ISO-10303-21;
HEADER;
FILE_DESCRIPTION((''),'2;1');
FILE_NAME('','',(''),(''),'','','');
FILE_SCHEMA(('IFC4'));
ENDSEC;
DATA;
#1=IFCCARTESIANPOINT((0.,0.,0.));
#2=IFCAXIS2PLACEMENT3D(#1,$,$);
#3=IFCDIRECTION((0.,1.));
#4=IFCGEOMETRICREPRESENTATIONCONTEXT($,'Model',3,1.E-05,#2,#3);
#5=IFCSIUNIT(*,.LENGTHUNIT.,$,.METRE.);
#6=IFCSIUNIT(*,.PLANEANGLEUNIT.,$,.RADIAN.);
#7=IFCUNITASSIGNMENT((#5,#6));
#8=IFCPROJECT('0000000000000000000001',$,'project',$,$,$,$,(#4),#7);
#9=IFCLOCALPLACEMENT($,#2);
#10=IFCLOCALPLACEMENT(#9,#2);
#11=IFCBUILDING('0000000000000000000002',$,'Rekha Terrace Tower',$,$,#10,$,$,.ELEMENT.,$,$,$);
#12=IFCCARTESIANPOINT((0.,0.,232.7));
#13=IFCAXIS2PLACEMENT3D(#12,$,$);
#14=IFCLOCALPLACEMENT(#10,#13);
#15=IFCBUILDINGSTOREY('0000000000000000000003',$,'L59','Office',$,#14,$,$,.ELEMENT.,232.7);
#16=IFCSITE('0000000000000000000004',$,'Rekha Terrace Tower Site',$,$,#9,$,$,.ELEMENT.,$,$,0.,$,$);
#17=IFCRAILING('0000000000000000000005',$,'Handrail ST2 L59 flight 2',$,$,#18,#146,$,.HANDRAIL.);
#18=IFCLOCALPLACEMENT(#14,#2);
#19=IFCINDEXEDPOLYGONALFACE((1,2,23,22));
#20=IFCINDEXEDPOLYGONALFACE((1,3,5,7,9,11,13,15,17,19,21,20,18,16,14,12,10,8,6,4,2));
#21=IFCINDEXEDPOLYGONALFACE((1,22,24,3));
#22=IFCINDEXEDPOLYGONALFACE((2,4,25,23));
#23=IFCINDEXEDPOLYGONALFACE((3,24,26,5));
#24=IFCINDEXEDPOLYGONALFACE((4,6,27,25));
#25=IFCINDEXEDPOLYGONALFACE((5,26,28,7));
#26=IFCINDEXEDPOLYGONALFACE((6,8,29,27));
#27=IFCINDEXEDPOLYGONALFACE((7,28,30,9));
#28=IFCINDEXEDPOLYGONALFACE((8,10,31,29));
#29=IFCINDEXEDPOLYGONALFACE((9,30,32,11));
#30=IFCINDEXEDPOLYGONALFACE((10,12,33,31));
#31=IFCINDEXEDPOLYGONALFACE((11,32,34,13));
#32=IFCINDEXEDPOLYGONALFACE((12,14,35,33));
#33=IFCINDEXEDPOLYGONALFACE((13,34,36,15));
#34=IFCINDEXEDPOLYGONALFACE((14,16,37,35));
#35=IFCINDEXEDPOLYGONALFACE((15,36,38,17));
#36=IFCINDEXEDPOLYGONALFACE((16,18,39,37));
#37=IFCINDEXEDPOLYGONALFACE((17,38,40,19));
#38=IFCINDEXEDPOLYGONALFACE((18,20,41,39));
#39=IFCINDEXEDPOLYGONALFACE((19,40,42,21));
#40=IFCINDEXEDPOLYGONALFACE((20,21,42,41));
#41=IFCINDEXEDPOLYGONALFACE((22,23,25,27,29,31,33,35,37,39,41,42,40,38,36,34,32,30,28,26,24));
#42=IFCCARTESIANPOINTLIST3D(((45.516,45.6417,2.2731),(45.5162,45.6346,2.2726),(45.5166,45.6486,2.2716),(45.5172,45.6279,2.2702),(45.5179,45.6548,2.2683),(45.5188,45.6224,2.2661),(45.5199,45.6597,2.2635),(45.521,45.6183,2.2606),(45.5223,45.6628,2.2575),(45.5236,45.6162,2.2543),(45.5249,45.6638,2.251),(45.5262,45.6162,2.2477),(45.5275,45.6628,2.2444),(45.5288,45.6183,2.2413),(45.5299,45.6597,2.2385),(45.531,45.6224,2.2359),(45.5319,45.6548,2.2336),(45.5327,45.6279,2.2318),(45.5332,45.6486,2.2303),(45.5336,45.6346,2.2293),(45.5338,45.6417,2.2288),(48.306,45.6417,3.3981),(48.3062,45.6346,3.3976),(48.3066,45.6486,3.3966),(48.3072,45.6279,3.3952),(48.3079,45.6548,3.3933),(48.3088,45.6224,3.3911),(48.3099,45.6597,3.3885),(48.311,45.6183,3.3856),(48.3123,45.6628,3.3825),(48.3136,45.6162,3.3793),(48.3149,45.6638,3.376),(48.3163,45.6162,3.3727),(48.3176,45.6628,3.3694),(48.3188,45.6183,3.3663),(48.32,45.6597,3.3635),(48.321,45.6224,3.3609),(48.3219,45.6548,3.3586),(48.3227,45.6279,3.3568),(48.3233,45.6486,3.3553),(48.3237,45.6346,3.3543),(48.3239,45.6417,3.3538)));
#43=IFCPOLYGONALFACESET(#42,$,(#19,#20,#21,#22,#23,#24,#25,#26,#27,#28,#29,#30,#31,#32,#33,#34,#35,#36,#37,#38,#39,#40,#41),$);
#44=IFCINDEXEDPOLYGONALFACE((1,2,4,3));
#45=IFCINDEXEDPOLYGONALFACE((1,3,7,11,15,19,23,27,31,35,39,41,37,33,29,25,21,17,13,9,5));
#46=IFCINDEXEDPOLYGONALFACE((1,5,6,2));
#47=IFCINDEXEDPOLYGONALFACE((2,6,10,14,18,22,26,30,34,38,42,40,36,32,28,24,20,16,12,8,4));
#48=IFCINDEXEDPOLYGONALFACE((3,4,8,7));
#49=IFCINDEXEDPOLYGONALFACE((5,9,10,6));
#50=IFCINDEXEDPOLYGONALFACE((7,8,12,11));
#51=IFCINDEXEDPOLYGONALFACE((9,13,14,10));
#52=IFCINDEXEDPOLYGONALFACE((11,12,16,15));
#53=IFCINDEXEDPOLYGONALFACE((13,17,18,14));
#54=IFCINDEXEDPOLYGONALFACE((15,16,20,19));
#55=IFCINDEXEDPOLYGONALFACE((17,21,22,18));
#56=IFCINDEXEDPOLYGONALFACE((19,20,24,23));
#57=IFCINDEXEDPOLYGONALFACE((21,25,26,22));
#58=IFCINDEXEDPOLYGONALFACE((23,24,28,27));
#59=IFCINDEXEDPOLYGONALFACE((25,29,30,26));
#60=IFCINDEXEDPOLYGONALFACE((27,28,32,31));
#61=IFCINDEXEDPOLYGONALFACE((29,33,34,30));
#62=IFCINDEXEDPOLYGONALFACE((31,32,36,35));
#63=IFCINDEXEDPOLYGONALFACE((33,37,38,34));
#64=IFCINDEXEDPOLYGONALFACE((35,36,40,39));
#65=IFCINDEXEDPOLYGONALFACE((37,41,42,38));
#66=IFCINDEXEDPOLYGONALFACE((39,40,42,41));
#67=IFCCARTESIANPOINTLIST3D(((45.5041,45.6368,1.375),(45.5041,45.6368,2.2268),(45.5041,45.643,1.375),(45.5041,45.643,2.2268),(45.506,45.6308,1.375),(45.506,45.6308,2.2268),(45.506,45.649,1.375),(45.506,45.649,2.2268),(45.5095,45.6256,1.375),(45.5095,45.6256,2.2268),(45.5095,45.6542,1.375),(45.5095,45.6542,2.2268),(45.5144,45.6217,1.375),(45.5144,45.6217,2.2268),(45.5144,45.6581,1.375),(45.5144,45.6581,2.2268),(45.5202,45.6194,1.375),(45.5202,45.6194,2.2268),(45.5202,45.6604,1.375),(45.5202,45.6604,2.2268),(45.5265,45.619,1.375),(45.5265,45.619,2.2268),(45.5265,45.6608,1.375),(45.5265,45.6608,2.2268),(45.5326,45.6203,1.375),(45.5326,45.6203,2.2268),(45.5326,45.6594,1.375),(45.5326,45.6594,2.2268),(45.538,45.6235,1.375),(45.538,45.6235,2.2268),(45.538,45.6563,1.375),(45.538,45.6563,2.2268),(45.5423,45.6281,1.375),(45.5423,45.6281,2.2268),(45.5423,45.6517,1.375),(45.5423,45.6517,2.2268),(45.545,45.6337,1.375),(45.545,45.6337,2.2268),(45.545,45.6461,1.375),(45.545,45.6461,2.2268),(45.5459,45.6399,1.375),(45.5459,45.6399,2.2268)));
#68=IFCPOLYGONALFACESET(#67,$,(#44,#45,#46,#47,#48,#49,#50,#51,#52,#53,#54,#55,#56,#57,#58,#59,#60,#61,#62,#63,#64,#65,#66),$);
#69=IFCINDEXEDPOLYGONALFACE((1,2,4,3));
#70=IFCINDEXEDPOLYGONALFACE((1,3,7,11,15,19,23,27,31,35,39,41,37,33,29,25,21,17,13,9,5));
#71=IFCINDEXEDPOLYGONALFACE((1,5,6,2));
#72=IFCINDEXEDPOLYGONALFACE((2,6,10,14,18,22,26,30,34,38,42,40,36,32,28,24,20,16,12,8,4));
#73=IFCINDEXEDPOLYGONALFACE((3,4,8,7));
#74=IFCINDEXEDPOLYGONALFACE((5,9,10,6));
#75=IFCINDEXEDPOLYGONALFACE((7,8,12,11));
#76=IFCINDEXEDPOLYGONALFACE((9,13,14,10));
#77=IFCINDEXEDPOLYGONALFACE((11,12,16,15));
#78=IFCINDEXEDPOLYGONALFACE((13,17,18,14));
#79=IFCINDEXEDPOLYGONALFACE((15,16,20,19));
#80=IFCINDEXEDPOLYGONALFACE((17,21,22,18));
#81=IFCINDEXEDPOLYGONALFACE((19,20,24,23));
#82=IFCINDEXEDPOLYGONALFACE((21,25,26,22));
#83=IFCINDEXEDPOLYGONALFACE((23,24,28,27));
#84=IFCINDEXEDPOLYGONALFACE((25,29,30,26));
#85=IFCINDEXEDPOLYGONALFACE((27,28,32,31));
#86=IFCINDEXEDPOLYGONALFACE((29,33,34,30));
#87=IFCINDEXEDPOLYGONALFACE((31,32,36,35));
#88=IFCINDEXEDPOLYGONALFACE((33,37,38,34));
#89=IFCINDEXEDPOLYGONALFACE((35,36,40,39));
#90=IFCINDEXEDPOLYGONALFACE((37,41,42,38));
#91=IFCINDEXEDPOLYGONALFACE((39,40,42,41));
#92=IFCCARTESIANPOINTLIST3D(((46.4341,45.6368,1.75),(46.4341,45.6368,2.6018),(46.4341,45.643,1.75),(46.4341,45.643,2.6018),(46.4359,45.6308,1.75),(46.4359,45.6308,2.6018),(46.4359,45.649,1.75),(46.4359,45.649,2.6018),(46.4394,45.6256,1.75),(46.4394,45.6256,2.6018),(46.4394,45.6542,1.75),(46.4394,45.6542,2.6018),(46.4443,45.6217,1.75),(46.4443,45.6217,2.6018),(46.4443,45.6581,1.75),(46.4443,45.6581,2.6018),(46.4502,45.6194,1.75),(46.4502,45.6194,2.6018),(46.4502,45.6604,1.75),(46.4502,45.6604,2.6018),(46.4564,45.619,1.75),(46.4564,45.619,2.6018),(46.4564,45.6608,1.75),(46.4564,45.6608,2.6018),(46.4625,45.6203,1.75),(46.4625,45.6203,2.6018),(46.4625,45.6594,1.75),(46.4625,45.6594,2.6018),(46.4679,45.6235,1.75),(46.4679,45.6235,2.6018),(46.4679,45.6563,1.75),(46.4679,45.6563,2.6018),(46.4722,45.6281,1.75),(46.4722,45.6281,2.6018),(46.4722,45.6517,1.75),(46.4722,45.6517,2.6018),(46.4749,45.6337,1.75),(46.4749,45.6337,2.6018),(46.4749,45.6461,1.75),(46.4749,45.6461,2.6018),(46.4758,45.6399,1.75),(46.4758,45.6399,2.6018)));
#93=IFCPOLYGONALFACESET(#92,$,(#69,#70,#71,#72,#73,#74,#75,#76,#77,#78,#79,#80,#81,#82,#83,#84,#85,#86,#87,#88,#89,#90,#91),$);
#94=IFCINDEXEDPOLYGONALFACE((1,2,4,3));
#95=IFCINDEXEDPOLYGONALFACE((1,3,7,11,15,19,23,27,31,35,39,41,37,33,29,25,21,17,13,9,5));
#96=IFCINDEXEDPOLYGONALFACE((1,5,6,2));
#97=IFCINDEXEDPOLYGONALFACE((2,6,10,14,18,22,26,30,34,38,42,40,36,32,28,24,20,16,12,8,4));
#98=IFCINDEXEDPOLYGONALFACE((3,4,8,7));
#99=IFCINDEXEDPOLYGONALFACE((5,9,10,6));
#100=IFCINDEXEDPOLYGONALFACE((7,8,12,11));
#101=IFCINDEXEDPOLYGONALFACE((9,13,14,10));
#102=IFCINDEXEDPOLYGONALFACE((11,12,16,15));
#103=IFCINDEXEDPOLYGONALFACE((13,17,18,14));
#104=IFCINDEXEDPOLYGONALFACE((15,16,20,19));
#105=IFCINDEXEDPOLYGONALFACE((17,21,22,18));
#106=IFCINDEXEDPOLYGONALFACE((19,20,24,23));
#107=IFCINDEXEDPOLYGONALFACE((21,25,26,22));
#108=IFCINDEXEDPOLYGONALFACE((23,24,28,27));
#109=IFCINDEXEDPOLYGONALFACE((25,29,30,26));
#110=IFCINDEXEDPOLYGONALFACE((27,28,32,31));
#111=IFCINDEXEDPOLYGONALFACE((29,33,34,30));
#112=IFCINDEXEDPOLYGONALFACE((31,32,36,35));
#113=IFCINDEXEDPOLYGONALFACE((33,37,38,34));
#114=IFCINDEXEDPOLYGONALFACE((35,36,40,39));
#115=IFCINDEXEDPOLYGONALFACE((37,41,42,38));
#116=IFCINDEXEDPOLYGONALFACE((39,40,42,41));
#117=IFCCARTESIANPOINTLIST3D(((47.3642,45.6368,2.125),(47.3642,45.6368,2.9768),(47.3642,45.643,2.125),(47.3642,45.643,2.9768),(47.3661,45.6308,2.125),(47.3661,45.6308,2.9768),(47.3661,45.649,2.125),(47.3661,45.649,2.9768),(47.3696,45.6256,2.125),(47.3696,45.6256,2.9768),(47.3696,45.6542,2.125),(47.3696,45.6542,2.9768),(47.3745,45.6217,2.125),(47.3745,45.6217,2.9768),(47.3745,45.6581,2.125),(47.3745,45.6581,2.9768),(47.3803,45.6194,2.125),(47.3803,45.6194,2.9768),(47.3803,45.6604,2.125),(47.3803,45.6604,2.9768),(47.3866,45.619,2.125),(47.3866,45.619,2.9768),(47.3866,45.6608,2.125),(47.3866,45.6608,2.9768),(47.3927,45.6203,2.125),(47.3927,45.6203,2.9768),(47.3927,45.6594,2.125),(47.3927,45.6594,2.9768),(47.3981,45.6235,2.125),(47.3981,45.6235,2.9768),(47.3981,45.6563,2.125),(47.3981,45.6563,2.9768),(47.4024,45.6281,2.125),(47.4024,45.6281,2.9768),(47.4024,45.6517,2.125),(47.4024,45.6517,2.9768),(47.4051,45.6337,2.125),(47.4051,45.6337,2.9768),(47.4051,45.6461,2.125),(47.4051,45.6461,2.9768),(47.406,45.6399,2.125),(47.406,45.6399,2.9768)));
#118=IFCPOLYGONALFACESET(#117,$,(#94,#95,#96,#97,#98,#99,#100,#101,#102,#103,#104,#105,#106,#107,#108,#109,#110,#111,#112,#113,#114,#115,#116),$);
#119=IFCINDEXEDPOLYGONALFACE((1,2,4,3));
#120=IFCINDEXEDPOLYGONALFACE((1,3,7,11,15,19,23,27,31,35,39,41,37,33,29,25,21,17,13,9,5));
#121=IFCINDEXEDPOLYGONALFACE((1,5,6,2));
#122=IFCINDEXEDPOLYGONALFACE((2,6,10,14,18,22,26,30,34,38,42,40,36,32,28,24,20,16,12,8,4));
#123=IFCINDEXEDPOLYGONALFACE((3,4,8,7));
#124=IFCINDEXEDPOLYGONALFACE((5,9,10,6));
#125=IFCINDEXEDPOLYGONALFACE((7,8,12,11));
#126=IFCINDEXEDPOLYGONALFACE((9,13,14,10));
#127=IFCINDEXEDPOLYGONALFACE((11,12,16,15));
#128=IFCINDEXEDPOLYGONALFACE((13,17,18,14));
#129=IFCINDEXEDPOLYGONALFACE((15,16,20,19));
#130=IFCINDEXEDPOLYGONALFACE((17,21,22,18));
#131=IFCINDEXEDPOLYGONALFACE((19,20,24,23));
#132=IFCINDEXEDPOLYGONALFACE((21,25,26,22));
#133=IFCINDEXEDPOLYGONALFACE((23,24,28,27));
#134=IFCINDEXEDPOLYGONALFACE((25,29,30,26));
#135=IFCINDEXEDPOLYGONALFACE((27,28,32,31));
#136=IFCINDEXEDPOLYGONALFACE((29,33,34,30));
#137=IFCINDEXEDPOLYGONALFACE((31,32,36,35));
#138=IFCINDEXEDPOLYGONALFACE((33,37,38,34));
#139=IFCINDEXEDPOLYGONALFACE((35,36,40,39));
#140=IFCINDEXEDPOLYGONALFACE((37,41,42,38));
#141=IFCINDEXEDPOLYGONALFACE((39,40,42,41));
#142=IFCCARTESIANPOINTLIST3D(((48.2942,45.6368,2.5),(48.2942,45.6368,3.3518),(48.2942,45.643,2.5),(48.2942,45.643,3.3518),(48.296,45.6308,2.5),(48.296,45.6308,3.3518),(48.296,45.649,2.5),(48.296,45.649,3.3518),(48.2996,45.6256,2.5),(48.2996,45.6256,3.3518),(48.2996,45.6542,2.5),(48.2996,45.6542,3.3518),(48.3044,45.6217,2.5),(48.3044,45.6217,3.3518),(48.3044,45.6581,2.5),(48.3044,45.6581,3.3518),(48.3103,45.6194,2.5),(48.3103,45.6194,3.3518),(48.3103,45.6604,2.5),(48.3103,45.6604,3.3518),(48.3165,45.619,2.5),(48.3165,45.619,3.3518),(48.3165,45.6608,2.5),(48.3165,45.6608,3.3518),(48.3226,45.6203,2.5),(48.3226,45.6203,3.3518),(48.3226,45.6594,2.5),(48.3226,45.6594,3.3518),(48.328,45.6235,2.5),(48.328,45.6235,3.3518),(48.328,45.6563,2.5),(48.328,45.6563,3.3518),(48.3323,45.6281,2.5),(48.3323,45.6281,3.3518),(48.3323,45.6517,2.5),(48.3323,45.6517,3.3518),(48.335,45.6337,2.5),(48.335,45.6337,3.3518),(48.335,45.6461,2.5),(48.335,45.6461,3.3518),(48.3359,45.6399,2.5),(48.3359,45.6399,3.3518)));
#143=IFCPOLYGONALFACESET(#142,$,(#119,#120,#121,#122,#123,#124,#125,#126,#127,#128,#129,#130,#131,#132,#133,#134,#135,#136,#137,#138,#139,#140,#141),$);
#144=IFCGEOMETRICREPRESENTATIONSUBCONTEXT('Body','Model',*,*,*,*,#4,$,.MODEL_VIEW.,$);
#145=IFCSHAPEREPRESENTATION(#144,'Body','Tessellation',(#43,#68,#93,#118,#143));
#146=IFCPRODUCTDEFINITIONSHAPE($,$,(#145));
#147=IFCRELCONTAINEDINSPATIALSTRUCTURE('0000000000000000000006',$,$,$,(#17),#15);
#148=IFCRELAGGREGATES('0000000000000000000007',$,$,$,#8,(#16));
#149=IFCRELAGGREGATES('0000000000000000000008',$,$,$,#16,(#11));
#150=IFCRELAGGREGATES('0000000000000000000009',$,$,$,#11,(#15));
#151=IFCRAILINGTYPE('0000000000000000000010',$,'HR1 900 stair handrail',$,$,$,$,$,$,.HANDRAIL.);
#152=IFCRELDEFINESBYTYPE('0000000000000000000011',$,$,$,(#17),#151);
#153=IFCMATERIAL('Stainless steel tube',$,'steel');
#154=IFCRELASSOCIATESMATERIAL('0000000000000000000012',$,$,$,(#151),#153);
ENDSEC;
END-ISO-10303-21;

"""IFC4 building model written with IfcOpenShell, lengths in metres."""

from ifc_helpers import new_model, si_unit, direction, frame, origin, origin_2d, place, context, subcontext, project, spatial, circle, extrude, material, type_object, element, save


model = new_model("IFC4")

# Units and contexts
model_context = context("Model", 3, precision=1e-05, world=origin(), true_north=direction((0.0, 1.0)))
body_context = subcontext(model_context, "Body", "Model", "MODEL_VIEW")
ifc_project = project(units=[si_unit("LENGTHUNIT", "METRE"), si_unit("PLANEANGLEUNIT", "RADIAN")], contexts=[model_context])

# Site, building, storey
site_placement = place(None, origin())
site = spatial("IfcSite", under=ifc_project, at=site_placement, Name="Rekha Terrace Tower Site", CompositionType="ELEMENT", RefElevation=0.0)
building_placement = place(site_placement, origin())
building = spatial("IfcBuilding", under=site, at=building_placement, Name="Rekha Terrace Tower", CompositionType="ELEMENT")
storey_placement = place(building_placement, frame((0.0, 0.0, 232.7)))
storey = spatial("IfcBuildingStorey", under=building, at=storey_placement, Name="L59", Description="Office", CompositionType="ELEMENT", Elevation=232.7)

# Railing
ifc_material_1 = material(Name="Stainless steel tube", Category="steel")
railing_type = type_object("IfcRailingType", Name="HR1 900 stair handrail", PredefinedType="HANDRAIL", material=ifc_material_1)
railing_placement = place(storey_placement, frame((45.5249, 45.6399, 1.375)))
element("IfcRailing", 1, at=railing_placement, inside=storey, type_object=railing_type, Name="Handrail ST2 L59 flight 2", PredefinedType="HANDRAIL", context=body_context, shape_type="SweptSolid", body=[
    extrude(circle(Radius=0.0239, at=origin_2d()), frame((0.0, 0.0, 0.876), z_axis=(0.927443, 0.0, 0.373964), x_axis=(0.0, 1.0, 0.0)), (0.0, 0.0, 1.0), 3.0083),
    extrude(circle(Radius=0.021, at=origin_2d()), origin(), (0.0, 0.0, 1.0), 0.8518),
    extrude(circle(Radius=0.021, at=origin_2d()), frame((0.9299, 0.0, 0.375)), (0.0, 0.0, 1.0), 0.8518),
    extrude(circle(Radius=0.021, at=origin_2d()), frame((1.8601, 0.0, 0.75)), (0.0, 0.0, 1.0), 0.8518),
    extrude(circle(Radius=0.021, at=origin_2d()), frame((2.79, 0.0, 1.125)), (0.0, 0.0, 1.0), 0.8518),
])

save(model, "model.ifc")
